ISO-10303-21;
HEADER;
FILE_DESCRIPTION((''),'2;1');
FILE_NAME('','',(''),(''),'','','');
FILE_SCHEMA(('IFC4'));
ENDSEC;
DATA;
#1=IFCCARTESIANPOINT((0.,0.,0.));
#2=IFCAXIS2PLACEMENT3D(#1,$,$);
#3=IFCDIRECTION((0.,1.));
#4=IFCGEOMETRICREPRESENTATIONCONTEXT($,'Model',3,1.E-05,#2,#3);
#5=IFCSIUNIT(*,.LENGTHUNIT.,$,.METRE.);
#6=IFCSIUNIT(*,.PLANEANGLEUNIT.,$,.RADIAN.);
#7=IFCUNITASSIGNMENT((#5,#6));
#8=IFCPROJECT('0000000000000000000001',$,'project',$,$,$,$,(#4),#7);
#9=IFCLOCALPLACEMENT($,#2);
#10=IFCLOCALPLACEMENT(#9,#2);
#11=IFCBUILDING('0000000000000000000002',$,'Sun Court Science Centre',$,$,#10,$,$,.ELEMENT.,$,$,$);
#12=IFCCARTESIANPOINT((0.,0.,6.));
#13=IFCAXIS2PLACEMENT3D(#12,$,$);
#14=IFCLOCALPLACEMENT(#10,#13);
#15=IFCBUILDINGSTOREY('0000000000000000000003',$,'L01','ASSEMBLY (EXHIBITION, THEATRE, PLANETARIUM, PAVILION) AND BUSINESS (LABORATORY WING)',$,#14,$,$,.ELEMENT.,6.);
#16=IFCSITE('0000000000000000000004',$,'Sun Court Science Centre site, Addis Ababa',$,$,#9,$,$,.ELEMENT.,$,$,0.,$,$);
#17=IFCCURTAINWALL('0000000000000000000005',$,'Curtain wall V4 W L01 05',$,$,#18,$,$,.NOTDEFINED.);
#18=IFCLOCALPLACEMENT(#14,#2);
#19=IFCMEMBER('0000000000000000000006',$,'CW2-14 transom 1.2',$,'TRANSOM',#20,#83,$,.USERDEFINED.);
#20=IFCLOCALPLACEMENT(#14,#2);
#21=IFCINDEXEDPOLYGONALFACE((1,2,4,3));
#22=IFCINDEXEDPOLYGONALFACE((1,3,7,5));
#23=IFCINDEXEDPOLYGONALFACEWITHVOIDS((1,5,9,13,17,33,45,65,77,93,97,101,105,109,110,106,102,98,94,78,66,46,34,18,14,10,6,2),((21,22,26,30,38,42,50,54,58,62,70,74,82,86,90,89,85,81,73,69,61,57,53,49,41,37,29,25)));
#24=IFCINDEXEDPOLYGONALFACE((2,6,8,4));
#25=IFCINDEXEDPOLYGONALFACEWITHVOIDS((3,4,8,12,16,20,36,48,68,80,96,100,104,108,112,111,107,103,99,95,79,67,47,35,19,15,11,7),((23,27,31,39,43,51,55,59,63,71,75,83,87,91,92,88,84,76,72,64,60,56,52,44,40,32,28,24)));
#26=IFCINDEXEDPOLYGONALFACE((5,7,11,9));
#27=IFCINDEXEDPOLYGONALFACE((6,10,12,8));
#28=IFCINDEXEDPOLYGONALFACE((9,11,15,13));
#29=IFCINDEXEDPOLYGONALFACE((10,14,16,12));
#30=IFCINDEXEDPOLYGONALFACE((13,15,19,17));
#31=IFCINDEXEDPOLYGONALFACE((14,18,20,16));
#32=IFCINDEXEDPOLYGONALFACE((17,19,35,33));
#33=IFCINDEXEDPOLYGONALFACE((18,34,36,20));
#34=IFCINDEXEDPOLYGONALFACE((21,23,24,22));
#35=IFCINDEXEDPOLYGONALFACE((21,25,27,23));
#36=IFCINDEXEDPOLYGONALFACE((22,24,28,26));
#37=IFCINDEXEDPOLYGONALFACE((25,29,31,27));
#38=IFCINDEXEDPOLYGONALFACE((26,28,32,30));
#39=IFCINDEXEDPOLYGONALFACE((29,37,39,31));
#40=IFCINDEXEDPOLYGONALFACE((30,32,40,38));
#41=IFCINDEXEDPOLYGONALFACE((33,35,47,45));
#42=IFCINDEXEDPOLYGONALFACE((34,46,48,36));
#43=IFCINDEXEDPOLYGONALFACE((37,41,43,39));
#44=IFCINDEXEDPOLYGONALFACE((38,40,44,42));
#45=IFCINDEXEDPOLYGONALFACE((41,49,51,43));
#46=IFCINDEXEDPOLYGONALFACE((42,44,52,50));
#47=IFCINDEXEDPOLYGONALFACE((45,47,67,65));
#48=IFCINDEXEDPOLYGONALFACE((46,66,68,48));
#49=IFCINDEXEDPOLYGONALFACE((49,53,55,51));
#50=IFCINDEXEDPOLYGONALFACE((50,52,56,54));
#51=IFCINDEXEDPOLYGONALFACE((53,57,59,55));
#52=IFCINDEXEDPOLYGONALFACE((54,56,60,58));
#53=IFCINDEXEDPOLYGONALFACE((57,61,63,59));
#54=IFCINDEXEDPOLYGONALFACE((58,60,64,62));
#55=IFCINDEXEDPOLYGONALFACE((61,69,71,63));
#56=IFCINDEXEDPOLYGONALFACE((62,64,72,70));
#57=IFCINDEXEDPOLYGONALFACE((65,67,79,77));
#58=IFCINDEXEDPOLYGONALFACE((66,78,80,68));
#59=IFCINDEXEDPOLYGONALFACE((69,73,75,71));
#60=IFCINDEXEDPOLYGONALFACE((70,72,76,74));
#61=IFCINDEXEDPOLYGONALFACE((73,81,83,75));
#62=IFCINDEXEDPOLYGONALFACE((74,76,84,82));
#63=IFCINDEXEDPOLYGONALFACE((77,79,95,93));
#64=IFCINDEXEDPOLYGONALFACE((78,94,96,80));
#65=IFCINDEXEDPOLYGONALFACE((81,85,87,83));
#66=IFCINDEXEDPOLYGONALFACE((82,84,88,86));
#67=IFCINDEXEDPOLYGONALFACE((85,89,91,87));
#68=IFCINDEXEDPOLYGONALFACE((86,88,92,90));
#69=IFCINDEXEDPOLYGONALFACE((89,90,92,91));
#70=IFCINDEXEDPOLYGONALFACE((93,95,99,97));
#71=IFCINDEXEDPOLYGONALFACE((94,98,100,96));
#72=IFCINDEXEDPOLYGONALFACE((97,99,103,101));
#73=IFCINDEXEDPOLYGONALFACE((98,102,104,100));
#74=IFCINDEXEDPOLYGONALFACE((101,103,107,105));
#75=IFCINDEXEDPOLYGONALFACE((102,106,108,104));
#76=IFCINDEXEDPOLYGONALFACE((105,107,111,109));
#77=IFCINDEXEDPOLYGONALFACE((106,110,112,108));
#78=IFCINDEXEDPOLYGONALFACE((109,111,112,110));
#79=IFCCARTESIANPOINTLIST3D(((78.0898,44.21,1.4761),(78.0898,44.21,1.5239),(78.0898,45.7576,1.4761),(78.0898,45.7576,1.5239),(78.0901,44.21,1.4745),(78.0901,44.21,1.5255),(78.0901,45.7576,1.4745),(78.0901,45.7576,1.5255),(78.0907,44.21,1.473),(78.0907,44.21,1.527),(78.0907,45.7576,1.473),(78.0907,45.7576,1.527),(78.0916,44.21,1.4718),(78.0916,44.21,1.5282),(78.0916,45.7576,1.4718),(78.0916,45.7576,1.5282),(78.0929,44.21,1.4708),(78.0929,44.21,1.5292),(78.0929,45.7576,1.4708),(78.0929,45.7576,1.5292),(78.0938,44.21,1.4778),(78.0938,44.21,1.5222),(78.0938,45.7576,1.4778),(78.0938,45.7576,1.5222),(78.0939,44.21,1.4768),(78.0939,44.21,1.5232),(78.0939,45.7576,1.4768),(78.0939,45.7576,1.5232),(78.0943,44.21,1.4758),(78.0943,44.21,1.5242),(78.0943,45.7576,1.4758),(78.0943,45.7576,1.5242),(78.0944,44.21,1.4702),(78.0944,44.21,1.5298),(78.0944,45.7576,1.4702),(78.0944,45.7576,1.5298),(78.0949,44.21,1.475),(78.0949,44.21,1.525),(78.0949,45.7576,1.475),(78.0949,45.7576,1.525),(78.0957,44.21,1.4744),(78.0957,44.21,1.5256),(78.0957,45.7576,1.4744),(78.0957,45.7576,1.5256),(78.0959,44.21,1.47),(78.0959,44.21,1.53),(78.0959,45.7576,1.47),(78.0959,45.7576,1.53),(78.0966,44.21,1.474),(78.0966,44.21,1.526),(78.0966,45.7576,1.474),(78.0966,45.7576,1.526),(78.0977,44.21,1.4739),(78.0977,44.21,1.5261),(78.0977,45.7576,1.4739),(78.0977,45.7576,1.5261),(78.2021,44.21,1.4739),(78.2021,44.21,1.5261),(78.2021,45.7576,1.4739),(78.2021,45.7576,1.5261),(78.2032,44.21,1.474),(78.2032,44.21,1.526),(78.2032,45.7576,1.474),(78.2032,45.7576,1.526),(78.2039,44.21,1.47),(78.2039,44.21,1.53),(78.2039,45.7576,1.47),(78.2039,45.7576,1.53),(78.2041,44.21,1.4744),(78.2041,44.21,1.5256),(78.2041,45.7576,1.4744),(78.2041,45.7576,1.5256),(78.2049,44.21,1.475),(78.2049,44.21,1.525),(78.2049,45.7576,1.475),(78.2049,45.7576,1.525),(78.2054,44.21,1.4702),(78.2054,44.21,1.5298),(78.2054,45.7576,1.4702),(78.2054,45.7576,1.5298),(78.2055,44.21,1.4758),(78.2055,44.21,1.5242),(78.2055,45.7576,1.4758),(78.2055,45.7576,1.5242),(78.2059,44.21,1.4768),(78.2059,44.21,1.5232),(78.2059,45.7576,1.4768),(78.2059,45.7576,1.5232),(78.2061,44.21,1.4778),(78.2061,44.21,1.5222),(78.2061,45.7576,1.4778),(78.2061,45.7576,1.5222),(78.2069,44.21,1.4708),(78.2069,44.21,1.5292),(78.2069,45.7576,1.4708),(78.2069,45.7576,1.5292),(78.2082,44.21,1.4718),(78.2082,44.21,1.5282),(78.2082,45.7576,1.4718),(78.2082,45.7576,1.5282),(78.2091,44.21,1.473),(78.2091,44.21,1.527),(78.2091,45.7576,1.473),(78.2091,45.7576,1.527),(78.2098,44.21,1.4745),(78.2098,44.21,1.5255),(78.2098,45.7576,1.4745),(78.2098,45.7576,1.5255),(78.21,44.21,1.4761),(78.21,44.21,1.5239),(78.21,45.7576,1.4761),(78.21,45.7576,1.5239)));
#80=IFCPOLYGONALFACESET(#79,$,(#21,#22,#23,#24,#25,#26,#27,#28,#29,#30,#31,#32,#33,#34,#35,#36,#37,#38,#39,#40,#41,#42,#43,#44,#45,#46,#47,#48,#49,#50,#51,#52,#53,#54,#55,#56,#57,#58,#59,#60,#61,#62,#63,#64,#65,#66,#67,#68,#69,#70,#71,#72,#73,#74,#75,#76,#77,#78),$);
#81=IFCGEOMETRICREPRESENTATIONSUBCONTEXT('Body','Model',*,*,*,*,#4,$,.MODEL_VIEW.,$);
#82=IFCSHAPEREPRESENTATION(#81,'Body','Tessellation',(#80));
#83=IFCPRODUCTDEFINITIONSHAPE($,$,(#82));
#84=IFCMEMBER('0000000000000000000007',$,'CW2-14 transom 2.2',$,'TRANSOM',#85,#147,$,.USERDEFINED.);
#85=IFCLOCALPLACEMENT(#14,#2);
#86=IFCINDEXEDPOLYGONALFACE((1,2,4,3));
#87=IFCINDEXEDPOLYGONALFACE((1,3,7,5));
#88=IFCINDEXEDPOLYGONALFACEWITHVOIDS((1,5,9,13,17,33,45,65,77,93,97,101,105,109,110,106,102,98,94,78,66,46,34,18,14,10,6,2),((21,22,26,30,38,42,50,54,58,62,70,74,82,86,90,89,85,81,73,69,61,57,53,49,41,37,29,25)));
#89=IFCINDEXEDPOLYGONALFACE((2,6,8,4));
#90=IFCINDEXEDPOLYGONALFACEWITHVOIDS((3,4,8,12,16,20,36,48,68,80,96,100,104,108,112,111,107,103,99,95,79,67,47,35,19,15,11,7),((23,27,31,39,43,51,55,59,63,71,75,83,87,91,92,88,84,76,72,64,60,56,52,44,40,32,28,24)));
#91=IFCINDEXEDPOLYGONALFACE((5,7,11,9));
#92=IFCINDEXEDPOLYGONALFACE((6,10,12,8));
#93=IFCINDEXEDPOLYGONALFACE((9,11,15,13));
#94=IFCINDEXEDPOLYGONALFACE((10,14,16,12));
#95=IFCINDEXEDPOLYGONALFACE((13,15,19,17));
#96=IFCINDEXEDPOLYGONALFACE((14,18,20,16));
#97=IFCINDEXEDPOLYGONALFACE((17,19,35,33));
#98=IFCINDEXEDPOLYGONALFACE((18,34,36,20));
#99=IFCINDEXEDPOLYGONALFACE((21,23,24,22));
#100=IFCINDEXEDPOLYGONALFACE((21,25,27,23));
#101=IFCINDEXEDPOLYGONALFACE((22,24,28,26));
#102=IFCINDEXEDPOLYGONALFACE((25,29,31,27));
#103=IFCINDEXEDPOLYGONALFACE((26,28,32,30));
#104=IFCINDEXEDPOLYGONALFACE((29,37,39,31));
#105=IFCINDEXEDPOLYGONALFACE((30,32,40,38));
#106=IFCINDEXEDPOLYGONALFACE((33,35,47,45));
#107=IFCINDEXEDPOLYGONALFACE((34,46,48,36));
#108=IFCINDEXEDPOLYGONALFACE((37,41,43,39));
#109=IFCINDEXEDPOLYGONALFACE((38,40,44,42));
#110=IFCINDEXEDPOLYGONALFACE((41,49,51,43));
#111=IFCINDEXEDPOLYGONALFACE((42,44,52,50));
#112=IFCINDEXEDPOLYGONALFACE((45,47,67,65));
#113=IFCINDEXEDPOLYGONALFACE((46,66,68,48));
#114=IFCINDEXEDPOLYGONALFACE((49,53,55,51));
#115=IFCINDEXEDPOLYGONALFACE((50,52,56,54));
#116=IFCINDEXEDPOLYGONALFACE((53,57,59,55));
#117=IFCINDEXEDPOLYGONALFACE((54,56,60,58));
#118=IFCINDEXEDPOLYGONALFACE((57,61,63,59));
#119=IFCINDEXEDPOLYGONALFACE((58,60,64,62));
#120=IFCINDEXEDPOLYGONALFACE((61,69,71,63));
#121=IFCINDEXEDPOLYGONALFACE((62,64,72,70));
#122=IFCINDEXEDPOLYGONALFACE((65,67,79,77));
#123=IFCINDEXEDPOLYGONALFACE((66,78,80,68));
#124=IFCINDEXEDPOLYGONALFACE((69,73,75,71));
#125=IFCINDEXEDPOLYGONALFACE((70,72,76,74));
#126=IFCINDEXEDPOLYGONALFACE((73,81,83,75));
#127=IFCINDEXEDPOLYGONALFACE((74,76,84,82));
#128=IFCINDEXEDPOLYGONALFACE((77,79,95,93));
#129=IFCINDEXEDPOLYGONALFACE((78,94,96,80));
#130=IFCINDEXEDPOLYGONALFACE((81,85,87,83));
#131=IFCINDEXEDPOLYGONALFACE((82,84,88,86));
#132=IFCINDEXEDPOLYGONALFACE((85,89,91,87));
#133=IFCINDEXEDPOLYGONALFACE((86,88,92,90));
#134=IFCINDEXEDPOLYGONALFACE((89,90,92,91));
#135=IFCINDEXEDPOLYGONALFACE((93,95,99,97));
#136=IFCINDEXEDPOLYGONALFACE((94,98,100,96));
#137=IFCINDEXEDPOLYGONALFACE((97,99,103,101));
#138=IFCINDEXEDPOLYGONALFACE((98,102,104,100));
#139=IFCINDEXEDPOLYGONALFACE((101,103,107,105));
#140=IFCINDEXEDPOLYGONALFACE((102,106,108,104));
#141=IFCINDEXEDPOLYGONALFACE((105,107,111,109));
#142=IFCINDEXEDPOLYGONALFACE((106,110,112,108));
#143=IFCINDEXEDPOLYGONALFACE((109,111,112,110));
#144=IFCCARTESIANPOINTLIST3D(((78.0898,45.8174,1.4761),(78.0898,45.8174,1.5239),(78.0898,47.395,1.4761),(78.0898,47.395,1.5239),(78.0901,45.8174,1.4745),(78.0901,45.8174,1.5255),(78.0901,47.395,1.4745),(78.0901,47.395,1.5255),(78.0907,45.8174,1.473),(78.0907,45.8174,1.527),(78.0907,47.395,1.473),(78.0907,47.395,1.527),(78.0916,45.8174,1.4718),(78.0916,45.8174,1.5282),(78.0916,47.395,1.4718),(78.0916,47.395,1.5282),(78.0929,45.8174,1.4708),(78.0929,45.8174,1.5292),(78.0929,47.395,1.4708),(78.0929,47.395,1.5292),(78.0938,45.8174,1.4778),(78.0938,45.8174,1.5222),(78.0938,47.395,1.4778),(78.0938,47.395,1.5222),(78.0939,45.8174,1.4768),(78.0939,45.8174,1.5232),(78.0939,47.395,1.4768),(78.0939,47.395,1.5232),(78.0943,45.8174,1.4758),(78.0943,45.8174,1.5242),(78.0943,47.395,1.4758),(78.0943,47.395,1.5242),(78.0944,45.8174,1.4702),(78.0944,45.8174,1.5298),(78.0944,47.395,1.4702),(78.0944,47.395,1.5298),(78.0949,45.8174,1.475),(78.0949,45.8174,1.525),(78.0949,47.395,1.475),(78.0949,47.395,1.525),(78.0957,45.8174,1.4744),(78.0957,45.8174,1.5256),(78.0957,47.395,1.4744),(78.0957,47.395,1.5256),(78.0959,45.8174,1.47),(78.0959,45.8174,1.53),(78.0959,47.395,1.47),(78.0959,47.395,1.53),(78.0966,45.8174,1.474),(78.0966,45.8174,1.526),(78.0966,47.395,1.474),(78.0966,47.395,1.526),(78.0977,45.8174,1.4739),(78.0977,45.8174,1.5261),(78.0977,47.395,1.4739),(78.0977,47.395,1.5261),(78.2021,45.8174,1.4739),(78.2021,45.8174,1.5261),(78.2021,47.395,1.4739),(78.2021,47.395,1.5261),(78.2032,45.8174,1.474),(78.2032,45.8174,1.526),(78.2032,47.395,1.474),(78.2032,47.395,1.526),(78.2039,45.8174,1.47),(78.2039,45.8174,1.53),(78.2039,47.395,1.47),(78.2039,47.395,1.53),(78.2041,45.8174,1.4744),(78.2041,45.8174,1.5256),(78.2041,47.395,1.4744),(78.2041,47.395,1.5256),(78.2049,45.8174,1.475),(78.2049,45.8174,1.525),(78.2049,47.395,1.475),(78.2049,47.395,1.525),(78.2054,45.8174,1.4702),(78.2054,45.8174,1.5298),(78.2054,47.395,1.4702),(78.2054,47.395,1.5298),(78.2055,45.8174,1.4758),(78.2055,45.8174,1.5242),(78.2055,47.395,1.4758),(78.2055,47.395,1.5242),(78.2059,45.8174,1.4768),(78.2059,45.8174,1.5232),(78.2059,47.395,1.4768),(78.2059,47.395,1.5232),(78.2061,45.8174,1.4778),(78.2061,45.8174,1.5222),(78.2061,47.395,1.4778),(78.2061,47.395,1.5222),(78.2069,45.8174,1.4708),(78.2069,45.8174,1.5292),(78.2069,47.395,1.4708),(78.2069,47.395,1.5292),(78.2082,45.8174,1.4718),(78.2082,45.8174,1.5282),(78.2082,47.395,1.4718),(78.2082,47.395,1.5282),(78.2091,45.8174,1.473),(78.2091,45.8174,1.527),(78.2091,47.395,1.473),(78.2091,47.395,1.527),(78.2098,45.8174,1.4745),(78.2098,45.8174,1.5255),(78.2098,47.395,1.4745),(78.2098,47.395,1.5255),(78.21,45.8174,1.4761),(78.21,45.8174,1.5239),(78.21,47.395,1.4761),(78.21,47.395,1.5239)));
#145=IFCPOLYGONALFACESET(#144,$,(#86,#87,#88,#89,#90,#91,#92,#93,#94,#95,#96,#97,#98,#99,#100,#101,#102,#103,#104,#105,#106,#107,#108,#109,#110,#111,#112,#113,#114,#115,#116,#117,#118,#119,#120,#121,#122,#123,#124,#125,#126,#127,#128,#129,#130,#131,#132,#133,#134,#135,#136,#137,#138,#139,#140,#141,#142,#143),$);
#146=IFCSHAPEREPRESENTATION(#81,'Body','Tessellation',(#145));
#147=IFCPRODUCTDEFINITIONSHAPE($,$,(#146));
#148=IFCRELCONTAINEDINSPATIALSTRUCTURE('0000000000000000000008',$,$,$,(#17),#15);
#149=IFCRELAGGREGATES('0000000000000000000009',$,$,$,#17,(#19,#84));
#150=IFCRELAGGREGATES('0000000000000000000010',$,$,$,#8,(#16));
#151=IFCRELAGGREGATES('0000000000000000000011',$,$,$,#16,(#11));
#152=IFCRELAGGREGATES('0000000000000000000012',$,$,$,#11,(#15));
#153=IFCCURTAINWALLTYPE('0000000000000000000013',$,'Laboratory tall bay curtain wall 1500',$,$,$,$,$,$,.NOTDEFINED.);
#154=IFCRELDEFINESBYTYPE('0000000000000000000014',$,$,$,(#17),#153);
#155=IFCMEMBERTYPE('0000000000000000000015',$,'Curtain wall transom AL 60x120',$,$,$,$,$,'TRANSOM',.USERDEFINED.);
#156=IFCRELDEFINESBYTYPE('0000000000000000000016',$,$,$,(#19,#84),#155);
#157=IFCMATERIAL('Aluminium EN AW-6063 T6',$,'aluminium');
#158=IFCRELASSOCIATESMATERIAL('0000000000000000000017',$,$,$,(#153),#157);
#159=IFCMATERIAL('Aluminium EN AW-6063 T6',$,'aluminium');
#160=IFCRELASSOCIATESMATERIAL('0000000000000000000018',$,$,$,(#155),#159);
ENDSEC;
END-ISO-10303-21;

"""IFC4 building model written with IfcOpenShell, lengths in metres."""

from ifc_helpers import new_model, si_unit, direction, frame, origin, origin_2d, place, context, subcontext, project, spatial, hollow_rectangle, extrude, material, material_profile, profile_set, type_object, element, aggregate, save


model = new_model("IFC4")

# Units and contexts
model_context = context("Model", 3, precision=1e-05, world=origin(), true_north=direction((0.0, 1.0)))
body_context = subcontext(model_context, "Body", "Model", "MODEL_VIEW")
ifc_project = project(units=[si_unit("LENGTHUNIT", "METRE"), si_unit("PLANEANGLEUNIT", "RADIAN")], contexts=[model_context])

# Site, building, storey
site_placement = place(None, origin())
site = spatial("IfcSite", under=ifc_project, at=site_placement, Name="Sun Court Science Centre site, Addis Ababa", CompositionType="ELEMENT", RefElevation=0.0)
building_placement = place(site_placement, origin())
building = spatial("IfcBuilding", under=site, at=building_placement, Name="Sun Court Science Centre", CompositionType="ELEMENT")
storey_placement = place(building_placement, frame((0.0, 0.0, 6.0)))
storey = spatial("IfcBuildingStorey", under=building, at=storey_placement, Name="L01", Description="ASSEMBLY (EXHIBITION, THEATRE, PLANETARIUM, PAVILION) AND BUSINESS (LABORATORY WING)", CompositionType="ELEMENT", Elevation=6.0)

# Curtain wall
ifc_material_1 = material(Name="Aluminium EN AW-6063 T6", Category="aluminium")
curtain_wall_type_1 = type_object("IfcCurtainWallType", Name="Laboratory tall bay curtain wall 1500", PredefinedType="NOTDEFINED", material=ifc_material_1)
curtain_wall_1_placement = place(storey_placement, origin())
curtain_wall_1 = element("IfcCurtainWall", 1, at=curtain_wall_1_placement, inside=storey, type_object=curtain_wall_type_1, Name="Curtain wall V4 W L01 05", PredefinedType="NOTDEFINED")

# Members
ifc_material_2 = material(Name="Aluminium EN AW-6063 T6", Category="aluminium")
ifc_material_profile_1 = material_profile(ifc_material_2, hollow_rectangle(XDim=0.0601, YDim=0.1201, WallThickness=0.0039, InnerFilletRadius=0.0039, OuterFilletRadius=0.0061, at=origin_2d()), Name="AL 60x120x4")
ifc_profile_set_1 = profile_set([ifc_material_profile_1], Name="Aluminium EN AW-6063 T6")
member_type_1 = type_object("IfcMemberType", Name="Curtain wall transom AL 60x120", ElementType="TRANSOM", PredefinedType="USERDEFINED", material=ifc_profile_set_1)
member_1_placement = place(storey_placement, frame((78.1499, 44.21, 1.5), z_axis=(0.0, 1.0, 0.0), x_axis=(0.0, 0.0, 1.0)))
member_1 = element("IfcMember", 2, at=member_1_placement, type_object=member_type_1, Name="CW2-14 transom 1.2", ObjectType="TRANSOM", PredefinedType="USERDEFINED", context=body_context, shape_type="SweptSolid", body=[
    extrude(hollow_rectangle(XDim=0.0601, YDim=0.1201, WallThickness=0.0039, InnerFilletRadius=0.0039, OuterFilletRadius=0.0061, at=origin_2d()), origin(), (0.0, 0.0, 1.0), 1.5476),
])
member_2_placement = place(storey_placement, frame((78.1499, 45.8174, 1.5), z_axis=(0.0, 1.0, 0.0), x_axis=(0.0, 0.0, 1.0)))
member_2 = element("IfcMember", 3, at=member_2_placement, type_object=member_type_1, Name="CW2-14 transom 2.2", ObjectType="TRANSOM", PredefinedType="USERDEFINED", context=body_context, shape_type="SweptSolid", body=[
    extrude(hollow_rectangle(XDim=0.0601, YDim=0.1201, WallThickness=0.0039, InnerFilletRadius=0.0039, OuterFilletRadius=0.0061, at=origin_2d()), origin(), (0.0, 0.0, 1.0), 1.5776),
])

aggregate(curtain_wall_1, [member_1, member_2])

save(model, "model.ifc")
